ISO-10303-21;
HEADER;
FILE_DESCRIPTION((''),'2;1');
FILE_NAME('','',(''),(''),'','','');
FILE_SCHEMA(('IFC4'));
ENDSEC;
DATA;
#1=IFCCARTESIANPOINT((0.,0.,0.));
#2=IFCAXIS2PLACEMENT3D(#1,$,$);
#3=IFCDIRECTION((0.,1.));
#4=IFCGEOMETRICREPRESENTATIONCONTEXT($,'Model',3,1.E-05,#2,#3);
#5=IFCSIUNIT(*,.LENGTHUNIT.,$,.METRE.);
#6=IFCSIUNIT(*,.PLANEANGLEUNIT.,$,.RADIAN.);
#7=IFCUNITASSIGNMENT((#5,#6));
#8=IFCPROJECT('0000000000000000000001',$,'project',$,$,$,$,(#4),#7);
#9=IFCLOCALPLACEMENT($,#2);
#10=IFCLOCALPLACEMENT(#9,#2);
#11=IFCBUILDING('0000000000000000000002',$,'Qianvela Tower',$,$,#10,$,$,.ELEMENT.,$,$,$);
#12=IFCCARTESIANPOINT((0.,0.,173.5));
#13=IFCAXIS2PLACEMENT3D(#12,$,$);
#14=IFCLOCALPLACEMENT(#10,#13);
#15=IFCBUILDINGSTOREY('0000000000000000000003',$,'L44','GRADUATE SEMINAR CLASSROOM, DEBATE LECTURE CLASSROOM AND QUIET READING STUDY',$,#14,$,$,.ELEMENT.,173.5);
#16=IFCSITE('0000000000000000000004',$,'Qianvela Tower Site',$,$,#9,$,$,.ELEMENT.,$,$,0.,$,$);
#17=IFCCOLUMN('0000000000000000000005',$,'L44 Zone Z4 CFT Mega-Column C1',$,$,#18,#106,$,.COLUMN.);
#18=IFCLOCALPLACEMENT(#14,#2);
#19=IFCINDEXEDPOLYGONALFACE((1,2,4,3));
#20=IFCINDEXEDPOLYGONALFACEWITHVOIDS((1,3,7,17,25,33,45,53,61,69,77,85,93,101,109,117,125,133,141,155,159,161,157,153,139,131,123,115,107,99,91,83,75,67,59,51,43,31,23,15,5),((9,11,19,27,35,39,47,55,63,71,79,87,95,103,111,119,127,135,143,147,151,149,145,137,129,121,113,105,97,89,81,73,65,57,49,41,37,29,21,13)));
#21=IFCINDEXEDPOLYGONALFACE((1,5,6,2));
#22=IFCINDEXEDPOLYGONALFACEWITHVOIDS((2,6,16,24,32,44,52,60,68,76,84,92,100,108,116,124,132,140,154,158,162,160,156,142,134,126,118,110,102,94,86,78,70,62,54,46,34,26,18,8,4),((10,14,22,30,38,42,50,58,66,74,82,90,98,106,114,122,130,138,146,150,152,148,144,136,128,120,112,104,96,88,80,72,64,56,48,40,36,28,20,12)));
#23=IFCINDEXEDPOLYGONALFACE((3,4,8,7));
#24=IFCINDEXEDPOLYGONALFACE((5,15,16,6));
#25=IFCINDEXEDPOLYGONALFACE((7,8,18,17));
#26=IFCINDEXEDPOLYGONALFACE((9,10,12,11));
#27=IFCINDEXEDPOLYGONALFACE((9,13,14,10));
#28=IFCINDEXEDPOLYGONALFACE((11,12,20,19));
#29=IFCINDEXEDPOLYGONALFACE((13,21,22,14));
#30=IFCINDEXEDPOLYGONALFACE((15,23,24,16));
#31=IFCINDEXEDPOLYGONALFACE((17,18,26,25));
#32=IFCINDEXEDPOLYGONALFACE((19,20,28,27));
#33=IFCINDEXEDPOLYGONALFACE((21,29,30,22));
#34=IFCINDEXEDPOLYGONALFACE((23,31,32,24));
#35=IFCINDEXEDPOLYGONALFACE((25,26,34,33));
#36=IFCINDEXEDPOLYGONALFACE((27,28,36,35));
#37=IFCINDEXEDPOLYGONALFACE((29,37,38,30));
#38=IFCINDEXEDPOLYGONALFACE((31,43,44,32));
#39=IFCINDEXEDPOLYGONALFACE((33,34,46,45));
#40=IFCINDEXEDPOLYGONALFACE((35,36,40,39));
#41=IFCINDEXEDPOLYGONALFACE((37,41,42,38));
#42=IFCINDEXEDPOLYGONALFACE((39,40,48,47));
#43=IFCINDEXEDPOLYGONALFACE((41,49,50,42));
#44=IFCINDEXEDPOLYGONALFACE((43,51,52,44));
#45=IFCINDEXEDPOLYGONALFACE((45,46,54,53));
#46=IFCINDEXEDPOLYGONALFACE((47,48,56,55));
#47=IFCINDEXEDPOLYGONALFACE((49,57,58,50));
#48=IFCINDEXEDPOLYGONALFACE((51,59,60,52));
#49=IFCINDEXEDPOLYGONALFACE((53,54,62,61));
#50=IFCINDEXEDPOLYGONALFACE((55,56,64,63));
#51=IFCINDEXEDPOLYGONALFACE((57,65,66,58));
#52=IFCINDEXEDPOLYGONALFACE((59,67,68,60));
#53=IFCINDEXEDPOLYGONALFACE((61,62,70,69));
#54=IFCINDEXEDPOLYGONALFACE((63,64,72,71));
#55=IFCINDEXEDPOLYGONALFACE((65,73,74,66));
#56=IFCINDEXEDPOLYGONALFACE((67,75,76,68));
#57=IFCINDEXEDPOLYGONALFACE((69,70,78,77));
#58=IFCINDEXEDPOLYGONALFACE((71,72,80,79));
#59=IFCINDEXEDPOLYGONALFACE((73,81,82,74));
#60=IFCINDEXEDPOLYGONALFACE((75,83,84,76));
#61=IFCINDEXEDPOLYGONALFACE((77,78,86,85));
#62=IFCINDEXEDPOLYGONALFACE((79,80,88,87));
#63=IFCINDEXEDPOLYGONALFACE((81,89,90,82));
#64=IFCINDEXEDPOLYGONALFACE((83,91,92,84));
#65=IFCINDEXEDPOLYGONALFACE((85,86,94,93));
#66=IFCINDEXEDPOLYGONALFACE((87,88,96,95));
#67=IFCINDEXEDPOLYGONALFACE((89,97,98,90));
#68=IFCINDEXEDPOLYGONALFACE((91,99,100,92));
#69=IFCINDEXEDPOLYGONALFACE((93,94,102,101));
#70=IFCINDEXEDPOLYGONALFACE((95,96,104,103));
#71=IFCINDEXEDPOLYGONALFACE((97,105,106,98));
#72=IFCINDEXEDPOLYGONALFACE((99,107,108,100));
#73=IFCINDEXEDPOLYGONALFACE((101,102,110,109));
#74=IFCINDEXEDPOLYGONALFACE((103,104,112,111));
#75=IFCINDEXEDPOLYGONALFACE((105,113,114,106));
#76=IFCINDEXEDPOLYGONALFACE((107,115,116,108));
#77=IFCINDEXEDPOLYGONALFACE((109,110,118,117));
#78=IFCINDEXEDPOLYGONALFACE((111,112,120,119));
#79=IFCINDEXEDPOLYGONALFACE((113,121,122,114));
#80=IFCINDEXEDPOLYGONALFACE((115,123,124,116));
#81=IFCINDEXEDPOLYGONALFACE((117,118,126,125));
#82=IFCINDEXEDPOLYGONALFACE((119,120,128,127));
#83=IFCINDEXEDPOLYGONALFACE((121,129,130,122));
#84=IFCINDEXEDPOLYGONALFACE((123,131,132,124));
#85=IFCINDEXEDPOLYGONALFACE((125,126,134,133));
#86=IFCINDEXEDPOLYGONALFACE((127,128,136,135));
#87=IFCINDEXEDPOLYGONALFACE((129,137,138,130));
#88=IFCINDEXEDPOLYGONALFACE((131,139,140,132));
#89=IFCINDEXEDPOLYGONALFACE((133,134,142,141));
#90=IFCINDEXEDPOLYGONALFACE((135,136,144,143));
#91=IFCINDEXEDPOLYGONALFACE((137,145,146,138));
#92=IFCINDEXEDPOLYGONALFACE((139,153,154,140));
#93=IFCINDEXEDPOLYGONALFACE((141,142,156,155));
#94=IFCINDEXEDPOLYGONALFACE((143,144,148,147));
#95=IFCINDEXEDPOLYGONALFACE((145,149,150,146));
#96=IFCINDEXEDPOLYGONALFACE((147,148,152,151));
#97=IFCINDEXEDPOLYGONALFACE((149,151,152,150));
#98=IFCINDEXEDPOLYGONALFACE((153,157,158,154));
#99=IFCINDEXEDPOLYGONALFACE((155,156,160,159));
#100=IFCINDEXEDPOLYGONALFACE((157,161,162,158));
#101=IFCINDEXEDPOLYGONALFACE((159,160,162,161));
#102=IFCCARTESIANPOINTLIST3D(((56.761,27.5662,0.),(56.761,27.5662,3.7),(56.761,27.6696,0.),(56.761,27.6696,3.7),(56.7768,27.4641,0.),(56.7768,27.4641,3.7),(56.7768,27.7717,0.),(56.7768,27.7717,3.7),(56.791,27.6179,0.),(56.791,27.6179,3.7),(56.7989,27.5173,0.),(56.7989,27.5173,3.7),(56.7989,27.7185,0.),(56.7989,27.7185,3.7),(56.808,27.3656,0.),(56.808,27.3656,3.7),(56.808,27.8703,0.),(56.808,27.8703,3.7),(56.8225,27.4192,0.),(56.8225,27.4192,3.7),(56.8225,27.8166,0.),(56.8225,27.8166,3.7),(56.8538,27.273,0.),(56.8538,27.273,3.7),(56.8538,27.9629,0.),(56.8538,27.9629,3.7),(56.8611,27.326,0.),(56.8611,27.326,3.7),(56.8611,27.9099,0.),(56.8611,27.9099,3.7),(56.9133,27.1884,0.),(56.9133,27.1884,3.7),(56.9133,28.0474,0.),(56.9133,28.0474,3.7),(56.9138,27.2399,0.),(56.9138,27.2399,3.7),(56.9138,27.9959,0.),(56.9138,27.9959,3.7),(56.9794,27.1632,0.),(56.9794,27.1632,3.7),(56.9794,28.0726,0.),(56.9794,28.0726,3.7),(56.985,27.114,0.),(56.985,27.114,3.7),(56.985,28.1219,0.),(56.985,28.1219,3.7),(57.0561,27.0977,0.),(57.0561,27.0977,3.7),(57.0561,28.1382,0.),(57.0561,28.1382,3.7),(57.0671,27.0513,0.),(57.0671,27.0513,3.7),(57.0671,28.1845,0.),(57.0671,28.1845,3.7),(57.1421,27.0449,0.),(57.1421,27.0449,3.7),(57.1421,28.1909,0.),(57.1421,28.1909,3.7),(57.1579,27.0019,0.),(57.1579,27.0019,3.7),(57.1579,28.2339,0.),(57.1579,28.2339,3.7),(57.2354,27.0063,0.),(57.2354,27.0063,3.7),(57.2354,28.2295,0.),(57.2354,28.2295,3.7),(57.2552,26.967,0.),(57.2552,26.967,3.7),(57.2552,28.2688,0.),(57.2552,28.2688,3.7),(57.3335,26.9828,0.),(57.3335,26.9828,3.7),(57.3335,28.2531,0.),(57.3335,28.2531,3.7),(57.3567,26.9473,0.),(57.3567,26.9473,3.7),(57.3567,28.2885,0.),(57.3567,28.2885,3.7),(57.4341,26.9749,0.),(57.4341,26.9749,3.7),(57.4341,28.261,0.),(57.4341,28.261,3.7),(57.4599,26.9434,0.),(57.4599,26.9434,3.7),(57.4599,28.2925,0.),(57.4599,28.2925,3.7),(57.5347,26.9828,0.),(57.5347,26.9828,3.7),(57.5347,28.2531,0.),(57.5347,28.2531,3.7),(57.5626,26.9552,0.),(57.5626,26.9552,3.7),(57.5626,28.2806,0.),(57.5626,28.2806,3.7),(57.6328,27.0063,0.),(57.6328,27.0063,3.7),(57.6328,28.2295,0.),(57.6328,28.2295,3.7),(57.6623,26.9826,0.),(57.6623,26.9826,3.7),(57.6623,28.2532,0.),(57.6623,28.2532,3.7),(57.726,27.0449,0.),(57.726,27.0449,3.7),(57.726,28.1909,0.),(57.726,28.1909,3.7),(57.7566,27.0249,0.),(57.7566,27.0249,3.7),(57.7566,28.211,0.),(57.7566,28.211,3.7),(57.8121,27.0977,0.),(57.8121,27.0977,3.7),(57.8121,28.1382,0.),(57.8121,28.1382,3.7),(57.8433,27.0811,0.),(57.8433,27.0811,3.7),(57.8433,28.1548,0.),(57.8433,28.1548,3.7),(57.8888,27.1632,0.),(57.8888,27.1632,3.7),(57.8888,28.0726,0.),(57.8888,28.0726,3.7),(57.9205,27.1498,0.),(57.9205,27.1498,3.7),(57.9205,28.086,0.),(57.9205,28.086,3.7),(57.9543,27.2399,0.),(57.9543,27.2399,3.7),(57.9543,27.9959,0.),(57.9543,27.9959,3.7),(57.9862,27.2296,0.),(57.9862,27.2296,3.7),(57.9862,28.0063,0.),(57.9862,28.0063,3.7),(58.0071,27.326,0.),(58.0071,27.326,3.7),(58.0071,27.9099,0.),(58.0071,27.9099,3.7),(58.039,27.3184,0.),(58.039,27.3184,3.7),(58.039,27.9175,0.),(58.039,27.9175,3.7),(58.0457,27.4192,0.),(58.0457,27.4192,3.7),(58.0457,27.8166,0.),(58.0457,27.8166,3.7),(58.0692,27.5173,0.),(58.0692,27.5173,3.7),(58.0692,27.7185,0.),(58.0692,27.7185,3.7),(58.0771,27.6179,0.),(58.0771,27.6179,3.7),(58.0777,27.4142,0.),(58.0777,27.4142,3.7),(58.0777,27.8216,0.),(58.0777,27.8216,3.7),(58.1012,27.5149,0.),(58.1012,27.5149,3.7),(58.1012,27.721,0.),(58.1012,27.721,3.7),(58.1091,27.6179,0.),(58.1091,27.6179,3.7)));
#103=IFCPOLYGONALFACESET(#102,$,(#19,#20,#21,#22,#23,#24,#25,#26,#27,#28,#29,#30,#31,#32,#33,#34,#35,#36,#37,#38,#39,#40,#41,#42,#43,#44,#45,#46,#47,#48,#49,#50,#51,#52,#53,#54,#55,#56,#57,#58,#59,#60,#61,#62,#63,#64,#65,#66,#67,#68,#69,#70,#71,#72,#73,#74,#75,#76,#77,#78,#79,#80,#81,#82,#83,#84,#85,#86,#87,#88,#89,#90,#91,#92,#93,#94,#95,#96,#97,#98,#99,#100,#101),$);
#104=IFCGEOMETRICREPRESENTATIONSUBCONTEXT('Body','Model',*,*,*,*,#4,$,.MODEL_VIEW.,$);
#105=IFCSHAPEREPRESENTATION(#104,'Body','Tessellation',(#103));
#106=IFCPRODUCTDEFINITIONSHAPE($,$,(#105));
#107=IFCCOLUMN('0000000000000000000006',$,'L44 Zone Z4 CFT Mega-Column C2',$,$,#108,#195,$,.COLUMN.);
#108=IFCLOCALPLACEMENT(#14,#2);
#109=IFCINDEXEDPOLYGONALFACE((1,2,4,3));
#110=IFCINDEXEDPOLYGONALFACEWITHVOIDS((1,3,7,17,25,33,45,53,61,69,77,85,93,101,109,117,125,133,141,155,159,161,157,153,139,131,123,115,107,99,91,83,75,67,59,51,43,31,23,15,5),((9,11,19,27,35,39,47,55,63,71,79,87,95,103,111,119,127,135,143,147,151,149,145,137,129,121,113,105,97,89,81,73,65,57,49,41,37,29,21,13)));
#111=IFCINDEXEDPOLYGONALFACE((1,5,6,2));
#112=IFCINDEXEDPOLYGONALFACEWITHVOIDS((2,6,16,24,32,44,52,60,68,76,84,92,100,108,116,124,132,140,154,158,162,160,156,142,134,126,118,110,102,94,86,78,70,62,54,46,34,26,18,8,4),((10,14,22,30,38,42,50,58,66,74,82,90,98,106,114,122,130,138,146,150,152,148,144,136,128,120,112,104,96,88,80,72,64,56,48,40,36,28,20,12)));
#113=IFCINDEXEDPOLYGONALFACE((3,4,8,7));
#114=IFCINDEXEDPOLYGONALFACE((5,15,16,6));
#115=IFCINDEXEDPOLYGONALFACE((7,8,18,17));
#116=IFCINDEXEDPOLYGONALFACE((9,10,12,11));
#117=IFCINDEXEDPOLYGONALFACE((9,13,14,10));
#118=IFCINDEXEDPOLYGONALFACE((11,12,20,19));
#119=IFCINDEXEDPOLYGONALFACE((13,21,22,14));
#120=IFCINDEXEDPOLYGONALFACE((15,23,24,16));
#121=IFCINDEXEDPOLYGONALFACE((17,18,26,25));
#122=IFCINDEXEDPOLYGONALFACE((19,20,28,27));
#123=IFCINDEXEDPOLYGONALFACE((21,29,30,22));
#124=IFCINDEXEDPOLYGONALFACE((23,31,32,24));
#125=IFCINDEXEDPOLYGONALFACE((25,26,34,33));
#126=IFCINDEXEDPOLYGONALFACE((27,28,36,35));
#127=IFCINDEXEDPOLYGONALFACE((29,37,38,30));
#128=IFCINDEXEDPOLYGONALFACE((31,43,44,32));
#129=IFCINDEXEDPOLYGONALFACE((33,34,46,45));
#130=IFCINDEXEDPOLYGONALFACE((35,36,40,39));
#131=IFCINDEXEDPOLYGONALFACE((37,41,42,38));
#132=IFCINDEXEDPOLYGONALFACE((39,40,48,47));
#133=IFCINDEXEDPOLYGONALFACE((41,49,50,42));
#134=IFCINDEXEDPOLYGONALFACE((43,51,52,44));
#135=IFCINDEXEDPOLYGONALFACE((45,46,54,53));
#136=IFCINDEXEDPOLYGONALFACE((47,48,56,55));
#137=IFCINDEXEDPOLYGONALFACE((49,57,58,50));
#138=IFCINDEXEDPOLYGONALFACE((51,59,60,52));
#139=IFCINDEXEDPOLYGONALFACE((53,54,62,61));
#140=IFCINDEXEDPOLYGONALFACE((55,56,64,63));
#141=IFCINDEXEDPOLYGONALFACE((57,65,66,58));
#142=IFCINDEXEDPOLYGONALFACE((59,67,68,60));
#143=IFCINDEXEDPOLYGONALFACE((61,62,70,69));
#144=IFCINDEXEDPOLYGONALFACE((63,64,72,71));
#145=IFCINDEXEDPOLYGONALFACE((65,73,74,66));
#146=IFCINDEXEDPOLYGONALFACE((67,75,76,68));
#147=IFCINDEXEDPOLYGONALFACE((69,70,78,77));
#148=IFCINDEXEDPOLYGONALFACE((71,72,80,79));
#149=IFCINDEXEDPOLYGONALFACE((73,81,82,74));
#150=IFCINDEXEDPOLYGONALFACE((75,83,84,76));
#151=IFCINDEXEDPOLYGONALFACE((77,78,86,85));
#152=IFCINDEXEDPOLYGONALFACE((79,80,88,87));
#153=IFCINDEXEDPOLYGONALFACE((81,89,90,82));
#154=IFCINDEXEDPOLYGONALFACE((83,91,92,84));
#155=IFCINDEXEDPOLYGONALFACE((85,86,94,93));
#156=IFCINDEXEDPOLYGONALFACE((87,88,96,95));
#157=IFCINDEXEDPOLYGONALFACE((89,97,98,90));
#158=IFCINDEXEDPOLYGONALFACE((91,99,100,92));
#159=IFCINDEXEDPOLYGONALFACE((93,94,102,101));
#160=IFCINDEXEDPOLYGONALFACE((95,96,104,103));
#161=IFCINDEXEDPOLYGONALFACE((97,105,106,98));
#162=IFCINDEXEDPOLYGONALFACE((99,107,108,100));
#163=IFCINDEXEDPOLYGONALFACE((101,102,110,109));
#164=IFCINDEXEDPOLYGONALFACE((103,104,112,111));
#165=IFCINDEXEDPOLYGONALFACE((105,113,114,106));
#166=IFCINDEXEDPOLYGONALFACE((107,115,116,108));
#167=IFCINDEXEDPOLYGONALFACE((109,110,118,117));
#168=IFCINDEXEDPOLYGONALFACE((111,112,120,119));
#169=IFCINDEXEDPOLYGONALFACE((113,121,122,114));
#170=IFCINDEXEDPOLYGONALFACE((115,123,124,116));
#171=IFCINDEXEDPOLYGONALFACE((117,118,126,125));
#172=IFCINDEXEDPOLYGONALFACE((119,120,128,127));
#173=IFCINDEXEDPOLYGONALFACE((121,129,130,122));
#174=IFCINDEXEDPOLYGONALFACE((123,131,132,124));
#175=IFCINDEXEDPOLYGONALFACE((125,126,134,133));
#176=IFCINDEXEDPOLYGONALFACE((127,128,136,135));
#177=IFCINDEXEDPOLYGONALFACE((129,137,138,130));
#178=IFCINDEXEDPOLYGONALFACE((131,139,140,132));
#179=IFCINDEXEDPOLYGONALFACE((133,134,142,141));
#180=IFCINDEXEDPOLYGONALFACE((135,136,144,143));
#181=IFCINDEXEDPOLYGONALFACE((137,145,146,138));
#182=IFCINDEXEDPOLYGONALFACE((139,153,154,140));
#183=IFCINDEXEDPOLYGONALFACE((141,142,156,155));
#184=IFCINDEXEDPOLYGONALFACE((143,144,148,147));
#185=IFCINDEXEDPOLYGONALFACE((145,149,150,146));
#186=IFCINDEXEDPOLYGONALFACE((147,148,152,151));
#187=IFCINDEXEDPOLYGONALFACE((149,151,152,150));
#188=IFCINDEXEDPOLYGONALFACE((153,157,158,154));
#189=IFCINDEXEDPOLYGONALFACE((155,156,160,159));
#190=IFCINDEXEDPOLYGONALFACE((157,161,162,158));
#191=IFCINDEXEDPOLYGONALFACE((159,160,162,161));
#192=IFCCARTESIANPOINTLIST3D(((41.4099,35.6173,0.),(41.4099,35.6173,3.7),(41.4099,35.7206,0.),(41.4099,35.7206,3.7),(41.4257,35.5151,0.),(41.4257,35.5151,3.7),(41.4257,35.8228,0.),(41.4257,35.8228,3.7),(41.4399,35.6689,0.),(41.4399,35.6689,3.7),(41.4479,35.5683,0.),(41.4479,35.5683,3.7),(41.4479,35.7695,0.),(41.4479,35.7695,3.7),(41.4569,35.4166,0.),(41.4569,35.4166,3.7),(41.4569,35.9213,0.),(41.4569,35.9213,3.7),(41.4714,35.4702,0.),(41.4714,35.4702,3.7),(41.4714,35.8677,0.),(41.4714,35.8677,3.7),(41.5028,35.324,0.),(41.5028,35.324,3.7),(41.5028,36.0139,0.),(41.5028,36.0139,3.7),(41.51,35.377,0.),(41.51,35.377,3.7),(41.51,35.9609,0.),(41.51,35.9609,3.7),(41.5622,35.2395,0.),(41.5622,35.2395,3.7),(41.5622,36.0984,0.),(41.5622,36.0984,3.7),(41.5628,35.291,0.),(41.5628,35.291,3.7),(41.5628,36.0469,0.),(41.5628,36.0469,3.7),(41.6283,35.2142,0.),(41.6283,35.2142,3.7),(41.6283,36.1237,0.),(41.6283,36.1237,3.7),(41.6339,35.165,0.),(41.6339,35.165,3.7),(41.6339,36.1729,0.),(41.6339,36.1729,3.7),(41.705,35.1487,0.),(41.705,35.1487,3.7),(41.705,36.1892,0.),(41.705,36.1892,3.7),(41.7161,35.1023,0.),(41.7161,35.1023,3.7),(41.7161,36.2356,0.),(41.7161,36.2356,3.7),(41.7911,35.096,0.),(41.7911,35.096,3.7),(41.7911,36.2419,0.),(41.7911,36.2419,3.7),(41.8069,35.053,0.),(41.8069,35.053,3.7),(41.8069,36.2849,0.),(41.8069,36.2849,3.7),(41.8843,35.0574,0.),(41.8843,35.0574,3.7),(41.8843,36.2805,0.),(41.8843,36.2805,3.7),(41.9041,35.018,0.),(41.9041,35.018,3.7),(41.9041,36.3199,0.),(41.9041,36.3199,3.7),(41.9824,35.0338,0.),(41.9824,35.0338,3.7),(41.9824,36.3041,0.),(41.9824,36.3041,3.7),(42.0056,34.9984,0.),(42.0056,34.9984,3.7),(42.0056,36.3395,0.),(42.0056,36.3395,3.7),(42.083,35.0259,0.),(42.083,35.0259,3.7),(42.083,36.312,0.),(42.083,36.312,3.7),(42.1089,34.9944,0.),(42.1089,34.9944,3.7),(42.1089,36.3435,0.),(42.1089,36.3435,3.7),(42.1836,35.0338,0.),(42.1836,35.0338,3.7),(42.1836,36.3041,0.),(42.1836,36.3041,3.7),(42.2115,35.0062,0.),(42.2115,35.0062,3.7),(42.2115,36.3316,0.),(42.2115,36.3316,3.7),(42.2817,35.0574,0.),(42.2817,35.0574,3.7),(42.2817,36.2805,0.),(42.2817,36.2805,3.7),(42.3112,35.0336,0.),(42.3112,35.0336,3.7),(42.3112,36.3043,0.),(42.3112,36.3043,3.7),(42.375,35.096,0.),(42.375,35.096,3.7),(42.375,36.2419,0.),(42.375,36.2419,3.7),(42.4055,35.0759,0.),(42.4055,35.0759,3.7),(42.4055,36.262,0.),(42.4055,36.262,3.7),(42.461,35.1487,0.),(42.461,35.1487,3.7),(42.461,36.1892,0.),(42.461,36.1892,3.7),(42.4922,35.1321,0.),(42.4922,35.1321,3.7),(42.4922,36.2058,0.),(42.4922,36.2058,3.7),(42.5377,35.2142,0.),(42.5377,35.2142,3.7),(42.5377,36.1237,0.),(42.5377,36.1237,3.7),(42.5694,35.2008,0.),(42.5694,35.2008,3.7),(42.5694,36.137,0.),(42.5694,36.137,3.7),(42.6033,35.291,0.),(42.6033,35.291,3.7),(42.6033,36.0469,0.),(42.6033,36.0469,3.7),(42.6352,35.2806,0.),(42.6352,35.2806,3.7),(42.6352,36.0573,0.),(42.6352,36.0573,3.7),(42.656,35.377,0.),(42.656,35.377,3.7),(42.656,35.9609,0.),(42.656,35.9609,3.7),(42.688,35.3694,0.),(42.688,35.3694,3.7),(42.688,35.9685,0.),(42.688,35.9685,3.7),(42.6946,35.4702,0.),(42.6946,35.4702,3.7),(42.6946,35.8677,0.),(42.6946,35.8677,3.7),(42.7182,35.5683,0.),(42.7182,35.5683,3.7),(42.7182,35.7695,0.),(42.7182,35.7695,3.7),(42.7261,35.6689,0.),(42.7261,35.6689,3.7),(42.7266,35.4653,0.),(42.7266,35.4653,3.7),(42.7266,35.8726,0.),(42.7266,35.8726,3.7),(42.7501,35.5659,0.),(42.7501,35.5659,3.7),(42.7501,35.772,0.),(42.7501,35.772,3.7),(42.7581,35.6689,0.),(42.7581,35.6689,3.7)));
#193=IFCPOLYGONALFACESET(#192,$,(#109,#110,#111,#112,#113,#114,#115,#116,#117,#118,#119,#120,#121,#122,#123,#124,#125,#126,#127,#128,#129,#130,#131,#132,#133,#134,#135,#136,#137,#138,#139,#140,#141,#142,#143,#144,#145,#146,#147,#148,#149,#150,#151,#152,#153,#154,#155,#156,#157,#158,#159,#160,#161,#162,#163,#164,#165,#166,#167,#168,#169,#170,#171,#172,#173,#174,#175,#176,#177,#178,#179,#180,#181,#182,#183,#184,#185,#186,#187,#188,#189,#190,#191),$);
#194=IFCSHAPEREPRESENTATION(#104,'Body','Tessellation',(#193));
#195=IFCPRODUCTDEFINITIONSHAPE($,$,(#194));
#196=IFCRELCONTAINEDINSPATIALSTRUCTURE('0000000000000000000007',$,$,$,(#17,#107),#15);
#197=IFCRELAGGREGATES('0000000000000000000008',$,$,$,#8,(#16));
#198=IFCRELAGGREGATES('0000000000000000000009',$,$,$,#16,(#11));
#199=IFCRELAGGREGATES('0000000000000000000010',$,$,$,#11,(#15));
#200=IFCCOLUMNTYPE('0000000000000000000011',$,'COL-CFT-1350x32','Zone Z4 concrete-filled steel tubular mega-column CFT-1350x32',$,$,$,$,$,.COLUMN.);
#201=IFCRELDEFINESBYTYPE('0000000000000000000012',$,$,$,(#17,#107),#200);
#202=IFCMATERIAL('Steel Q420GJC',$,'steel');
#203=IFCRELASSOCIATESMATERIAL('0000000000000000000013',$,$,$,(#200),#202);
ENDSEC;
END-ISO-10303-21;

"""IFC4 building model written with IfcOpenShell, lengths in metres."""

from ifc_helpers import new_model, si_unit, direction, frame, origin, origin_2d, place, context, subcontext, project, spatial, hollow_circle, extrude, material, material_profile, profile_set, type_object, element, save


model = new_model("IFC4")

# Units and contexts
model_context = context("Model", 3, precision=1e-05, world=origin(), true_north=direction((0.0, 1.0)))
body_context = subcontext(model_context, "Body", "Model", "MODEL_VIEW")
ifc_project = project(units=[si_unit("LENGTHUNIT", "METRE"), si_unit("PLANEANGLEUNIT", "RADIAN")], contexts=[model_context])

# Site, building, storey
site_placement = place(None, origin())
site = spatial("IfcSite", under=ifc_project, at=site_placement, Name="Qianvela Tower Site", CompositionType="ELEMENT", RefElevation=0.0)
building_placement = place(site_placement, origin())
building = spatial("IfcBuilding", under=site, at=building_placement, Name="Qianvela Tower", CompositionType="ELEMENT")
storey_placement = place(building_placement, frame((0.0, 0.0, 173.5)))
storey = spatial("IfcBuildingStorey", under=building, at=storey_placement, Name="L44", Description="GRADUATE SEMINAR CLASSROOM, DEBATE LECTURE CLASSROOM AND QUIET READING STUDY", CompositionType="ELEMENT", Elevation=173.5)

# Columns
ifc_material_1 = material(Name="Steel Q420GJC", Category="steel")
ifc_material_profile_1 = material_profile(ifc_material_1, hollow_circle(Radius=0.675, WallThickness=0.032, at=origin_2d()), Name="CFT-1350x32")
ifc_profile_set_1 = profile_set([ifc_material_profile_1], Name="Steel Q420GJC")
column_type = type_object("IfcColumnType", Name="COL-CFT-1350x32", Description="Zone Z4 concrete-filled steel tubular mega-column CFT-1350x32", PredefinedType="COLUMN", material=ifc_profile_set_1)
for number, where, z_axis, x_axis, name in (
    (1, (57.4341, 27.6179, 0.0), (0.0, 0.0, 1.0), (1.0, 0.0, 0.0), "L44 Zone Z4 CFT Mega-Column C1"),
    (2, (42.083, 35.6689, 0.0), (0.0, 0.0, 1.0), (1.0, 0.0, 0.0), "L44 Zone Z4 CFT Mega-Column C2"),
):
    element("IfcColumn", number, at=place(storey_placement, frame(where, z_axis=z_axis, x_axis=x_axis)), inside=storey, type_object=column_type, Name=name, PredefinedType="COLUMN", context=body_context, shape_type="SweptSolid", body=[
        extrude(hollow_circle(Radius=0.675, WallThickness=0.032, at=origin_2d()), origin(), (0.0, 0.0, 1.0), 3.7),
    ])

save(model, "model.ifc")
